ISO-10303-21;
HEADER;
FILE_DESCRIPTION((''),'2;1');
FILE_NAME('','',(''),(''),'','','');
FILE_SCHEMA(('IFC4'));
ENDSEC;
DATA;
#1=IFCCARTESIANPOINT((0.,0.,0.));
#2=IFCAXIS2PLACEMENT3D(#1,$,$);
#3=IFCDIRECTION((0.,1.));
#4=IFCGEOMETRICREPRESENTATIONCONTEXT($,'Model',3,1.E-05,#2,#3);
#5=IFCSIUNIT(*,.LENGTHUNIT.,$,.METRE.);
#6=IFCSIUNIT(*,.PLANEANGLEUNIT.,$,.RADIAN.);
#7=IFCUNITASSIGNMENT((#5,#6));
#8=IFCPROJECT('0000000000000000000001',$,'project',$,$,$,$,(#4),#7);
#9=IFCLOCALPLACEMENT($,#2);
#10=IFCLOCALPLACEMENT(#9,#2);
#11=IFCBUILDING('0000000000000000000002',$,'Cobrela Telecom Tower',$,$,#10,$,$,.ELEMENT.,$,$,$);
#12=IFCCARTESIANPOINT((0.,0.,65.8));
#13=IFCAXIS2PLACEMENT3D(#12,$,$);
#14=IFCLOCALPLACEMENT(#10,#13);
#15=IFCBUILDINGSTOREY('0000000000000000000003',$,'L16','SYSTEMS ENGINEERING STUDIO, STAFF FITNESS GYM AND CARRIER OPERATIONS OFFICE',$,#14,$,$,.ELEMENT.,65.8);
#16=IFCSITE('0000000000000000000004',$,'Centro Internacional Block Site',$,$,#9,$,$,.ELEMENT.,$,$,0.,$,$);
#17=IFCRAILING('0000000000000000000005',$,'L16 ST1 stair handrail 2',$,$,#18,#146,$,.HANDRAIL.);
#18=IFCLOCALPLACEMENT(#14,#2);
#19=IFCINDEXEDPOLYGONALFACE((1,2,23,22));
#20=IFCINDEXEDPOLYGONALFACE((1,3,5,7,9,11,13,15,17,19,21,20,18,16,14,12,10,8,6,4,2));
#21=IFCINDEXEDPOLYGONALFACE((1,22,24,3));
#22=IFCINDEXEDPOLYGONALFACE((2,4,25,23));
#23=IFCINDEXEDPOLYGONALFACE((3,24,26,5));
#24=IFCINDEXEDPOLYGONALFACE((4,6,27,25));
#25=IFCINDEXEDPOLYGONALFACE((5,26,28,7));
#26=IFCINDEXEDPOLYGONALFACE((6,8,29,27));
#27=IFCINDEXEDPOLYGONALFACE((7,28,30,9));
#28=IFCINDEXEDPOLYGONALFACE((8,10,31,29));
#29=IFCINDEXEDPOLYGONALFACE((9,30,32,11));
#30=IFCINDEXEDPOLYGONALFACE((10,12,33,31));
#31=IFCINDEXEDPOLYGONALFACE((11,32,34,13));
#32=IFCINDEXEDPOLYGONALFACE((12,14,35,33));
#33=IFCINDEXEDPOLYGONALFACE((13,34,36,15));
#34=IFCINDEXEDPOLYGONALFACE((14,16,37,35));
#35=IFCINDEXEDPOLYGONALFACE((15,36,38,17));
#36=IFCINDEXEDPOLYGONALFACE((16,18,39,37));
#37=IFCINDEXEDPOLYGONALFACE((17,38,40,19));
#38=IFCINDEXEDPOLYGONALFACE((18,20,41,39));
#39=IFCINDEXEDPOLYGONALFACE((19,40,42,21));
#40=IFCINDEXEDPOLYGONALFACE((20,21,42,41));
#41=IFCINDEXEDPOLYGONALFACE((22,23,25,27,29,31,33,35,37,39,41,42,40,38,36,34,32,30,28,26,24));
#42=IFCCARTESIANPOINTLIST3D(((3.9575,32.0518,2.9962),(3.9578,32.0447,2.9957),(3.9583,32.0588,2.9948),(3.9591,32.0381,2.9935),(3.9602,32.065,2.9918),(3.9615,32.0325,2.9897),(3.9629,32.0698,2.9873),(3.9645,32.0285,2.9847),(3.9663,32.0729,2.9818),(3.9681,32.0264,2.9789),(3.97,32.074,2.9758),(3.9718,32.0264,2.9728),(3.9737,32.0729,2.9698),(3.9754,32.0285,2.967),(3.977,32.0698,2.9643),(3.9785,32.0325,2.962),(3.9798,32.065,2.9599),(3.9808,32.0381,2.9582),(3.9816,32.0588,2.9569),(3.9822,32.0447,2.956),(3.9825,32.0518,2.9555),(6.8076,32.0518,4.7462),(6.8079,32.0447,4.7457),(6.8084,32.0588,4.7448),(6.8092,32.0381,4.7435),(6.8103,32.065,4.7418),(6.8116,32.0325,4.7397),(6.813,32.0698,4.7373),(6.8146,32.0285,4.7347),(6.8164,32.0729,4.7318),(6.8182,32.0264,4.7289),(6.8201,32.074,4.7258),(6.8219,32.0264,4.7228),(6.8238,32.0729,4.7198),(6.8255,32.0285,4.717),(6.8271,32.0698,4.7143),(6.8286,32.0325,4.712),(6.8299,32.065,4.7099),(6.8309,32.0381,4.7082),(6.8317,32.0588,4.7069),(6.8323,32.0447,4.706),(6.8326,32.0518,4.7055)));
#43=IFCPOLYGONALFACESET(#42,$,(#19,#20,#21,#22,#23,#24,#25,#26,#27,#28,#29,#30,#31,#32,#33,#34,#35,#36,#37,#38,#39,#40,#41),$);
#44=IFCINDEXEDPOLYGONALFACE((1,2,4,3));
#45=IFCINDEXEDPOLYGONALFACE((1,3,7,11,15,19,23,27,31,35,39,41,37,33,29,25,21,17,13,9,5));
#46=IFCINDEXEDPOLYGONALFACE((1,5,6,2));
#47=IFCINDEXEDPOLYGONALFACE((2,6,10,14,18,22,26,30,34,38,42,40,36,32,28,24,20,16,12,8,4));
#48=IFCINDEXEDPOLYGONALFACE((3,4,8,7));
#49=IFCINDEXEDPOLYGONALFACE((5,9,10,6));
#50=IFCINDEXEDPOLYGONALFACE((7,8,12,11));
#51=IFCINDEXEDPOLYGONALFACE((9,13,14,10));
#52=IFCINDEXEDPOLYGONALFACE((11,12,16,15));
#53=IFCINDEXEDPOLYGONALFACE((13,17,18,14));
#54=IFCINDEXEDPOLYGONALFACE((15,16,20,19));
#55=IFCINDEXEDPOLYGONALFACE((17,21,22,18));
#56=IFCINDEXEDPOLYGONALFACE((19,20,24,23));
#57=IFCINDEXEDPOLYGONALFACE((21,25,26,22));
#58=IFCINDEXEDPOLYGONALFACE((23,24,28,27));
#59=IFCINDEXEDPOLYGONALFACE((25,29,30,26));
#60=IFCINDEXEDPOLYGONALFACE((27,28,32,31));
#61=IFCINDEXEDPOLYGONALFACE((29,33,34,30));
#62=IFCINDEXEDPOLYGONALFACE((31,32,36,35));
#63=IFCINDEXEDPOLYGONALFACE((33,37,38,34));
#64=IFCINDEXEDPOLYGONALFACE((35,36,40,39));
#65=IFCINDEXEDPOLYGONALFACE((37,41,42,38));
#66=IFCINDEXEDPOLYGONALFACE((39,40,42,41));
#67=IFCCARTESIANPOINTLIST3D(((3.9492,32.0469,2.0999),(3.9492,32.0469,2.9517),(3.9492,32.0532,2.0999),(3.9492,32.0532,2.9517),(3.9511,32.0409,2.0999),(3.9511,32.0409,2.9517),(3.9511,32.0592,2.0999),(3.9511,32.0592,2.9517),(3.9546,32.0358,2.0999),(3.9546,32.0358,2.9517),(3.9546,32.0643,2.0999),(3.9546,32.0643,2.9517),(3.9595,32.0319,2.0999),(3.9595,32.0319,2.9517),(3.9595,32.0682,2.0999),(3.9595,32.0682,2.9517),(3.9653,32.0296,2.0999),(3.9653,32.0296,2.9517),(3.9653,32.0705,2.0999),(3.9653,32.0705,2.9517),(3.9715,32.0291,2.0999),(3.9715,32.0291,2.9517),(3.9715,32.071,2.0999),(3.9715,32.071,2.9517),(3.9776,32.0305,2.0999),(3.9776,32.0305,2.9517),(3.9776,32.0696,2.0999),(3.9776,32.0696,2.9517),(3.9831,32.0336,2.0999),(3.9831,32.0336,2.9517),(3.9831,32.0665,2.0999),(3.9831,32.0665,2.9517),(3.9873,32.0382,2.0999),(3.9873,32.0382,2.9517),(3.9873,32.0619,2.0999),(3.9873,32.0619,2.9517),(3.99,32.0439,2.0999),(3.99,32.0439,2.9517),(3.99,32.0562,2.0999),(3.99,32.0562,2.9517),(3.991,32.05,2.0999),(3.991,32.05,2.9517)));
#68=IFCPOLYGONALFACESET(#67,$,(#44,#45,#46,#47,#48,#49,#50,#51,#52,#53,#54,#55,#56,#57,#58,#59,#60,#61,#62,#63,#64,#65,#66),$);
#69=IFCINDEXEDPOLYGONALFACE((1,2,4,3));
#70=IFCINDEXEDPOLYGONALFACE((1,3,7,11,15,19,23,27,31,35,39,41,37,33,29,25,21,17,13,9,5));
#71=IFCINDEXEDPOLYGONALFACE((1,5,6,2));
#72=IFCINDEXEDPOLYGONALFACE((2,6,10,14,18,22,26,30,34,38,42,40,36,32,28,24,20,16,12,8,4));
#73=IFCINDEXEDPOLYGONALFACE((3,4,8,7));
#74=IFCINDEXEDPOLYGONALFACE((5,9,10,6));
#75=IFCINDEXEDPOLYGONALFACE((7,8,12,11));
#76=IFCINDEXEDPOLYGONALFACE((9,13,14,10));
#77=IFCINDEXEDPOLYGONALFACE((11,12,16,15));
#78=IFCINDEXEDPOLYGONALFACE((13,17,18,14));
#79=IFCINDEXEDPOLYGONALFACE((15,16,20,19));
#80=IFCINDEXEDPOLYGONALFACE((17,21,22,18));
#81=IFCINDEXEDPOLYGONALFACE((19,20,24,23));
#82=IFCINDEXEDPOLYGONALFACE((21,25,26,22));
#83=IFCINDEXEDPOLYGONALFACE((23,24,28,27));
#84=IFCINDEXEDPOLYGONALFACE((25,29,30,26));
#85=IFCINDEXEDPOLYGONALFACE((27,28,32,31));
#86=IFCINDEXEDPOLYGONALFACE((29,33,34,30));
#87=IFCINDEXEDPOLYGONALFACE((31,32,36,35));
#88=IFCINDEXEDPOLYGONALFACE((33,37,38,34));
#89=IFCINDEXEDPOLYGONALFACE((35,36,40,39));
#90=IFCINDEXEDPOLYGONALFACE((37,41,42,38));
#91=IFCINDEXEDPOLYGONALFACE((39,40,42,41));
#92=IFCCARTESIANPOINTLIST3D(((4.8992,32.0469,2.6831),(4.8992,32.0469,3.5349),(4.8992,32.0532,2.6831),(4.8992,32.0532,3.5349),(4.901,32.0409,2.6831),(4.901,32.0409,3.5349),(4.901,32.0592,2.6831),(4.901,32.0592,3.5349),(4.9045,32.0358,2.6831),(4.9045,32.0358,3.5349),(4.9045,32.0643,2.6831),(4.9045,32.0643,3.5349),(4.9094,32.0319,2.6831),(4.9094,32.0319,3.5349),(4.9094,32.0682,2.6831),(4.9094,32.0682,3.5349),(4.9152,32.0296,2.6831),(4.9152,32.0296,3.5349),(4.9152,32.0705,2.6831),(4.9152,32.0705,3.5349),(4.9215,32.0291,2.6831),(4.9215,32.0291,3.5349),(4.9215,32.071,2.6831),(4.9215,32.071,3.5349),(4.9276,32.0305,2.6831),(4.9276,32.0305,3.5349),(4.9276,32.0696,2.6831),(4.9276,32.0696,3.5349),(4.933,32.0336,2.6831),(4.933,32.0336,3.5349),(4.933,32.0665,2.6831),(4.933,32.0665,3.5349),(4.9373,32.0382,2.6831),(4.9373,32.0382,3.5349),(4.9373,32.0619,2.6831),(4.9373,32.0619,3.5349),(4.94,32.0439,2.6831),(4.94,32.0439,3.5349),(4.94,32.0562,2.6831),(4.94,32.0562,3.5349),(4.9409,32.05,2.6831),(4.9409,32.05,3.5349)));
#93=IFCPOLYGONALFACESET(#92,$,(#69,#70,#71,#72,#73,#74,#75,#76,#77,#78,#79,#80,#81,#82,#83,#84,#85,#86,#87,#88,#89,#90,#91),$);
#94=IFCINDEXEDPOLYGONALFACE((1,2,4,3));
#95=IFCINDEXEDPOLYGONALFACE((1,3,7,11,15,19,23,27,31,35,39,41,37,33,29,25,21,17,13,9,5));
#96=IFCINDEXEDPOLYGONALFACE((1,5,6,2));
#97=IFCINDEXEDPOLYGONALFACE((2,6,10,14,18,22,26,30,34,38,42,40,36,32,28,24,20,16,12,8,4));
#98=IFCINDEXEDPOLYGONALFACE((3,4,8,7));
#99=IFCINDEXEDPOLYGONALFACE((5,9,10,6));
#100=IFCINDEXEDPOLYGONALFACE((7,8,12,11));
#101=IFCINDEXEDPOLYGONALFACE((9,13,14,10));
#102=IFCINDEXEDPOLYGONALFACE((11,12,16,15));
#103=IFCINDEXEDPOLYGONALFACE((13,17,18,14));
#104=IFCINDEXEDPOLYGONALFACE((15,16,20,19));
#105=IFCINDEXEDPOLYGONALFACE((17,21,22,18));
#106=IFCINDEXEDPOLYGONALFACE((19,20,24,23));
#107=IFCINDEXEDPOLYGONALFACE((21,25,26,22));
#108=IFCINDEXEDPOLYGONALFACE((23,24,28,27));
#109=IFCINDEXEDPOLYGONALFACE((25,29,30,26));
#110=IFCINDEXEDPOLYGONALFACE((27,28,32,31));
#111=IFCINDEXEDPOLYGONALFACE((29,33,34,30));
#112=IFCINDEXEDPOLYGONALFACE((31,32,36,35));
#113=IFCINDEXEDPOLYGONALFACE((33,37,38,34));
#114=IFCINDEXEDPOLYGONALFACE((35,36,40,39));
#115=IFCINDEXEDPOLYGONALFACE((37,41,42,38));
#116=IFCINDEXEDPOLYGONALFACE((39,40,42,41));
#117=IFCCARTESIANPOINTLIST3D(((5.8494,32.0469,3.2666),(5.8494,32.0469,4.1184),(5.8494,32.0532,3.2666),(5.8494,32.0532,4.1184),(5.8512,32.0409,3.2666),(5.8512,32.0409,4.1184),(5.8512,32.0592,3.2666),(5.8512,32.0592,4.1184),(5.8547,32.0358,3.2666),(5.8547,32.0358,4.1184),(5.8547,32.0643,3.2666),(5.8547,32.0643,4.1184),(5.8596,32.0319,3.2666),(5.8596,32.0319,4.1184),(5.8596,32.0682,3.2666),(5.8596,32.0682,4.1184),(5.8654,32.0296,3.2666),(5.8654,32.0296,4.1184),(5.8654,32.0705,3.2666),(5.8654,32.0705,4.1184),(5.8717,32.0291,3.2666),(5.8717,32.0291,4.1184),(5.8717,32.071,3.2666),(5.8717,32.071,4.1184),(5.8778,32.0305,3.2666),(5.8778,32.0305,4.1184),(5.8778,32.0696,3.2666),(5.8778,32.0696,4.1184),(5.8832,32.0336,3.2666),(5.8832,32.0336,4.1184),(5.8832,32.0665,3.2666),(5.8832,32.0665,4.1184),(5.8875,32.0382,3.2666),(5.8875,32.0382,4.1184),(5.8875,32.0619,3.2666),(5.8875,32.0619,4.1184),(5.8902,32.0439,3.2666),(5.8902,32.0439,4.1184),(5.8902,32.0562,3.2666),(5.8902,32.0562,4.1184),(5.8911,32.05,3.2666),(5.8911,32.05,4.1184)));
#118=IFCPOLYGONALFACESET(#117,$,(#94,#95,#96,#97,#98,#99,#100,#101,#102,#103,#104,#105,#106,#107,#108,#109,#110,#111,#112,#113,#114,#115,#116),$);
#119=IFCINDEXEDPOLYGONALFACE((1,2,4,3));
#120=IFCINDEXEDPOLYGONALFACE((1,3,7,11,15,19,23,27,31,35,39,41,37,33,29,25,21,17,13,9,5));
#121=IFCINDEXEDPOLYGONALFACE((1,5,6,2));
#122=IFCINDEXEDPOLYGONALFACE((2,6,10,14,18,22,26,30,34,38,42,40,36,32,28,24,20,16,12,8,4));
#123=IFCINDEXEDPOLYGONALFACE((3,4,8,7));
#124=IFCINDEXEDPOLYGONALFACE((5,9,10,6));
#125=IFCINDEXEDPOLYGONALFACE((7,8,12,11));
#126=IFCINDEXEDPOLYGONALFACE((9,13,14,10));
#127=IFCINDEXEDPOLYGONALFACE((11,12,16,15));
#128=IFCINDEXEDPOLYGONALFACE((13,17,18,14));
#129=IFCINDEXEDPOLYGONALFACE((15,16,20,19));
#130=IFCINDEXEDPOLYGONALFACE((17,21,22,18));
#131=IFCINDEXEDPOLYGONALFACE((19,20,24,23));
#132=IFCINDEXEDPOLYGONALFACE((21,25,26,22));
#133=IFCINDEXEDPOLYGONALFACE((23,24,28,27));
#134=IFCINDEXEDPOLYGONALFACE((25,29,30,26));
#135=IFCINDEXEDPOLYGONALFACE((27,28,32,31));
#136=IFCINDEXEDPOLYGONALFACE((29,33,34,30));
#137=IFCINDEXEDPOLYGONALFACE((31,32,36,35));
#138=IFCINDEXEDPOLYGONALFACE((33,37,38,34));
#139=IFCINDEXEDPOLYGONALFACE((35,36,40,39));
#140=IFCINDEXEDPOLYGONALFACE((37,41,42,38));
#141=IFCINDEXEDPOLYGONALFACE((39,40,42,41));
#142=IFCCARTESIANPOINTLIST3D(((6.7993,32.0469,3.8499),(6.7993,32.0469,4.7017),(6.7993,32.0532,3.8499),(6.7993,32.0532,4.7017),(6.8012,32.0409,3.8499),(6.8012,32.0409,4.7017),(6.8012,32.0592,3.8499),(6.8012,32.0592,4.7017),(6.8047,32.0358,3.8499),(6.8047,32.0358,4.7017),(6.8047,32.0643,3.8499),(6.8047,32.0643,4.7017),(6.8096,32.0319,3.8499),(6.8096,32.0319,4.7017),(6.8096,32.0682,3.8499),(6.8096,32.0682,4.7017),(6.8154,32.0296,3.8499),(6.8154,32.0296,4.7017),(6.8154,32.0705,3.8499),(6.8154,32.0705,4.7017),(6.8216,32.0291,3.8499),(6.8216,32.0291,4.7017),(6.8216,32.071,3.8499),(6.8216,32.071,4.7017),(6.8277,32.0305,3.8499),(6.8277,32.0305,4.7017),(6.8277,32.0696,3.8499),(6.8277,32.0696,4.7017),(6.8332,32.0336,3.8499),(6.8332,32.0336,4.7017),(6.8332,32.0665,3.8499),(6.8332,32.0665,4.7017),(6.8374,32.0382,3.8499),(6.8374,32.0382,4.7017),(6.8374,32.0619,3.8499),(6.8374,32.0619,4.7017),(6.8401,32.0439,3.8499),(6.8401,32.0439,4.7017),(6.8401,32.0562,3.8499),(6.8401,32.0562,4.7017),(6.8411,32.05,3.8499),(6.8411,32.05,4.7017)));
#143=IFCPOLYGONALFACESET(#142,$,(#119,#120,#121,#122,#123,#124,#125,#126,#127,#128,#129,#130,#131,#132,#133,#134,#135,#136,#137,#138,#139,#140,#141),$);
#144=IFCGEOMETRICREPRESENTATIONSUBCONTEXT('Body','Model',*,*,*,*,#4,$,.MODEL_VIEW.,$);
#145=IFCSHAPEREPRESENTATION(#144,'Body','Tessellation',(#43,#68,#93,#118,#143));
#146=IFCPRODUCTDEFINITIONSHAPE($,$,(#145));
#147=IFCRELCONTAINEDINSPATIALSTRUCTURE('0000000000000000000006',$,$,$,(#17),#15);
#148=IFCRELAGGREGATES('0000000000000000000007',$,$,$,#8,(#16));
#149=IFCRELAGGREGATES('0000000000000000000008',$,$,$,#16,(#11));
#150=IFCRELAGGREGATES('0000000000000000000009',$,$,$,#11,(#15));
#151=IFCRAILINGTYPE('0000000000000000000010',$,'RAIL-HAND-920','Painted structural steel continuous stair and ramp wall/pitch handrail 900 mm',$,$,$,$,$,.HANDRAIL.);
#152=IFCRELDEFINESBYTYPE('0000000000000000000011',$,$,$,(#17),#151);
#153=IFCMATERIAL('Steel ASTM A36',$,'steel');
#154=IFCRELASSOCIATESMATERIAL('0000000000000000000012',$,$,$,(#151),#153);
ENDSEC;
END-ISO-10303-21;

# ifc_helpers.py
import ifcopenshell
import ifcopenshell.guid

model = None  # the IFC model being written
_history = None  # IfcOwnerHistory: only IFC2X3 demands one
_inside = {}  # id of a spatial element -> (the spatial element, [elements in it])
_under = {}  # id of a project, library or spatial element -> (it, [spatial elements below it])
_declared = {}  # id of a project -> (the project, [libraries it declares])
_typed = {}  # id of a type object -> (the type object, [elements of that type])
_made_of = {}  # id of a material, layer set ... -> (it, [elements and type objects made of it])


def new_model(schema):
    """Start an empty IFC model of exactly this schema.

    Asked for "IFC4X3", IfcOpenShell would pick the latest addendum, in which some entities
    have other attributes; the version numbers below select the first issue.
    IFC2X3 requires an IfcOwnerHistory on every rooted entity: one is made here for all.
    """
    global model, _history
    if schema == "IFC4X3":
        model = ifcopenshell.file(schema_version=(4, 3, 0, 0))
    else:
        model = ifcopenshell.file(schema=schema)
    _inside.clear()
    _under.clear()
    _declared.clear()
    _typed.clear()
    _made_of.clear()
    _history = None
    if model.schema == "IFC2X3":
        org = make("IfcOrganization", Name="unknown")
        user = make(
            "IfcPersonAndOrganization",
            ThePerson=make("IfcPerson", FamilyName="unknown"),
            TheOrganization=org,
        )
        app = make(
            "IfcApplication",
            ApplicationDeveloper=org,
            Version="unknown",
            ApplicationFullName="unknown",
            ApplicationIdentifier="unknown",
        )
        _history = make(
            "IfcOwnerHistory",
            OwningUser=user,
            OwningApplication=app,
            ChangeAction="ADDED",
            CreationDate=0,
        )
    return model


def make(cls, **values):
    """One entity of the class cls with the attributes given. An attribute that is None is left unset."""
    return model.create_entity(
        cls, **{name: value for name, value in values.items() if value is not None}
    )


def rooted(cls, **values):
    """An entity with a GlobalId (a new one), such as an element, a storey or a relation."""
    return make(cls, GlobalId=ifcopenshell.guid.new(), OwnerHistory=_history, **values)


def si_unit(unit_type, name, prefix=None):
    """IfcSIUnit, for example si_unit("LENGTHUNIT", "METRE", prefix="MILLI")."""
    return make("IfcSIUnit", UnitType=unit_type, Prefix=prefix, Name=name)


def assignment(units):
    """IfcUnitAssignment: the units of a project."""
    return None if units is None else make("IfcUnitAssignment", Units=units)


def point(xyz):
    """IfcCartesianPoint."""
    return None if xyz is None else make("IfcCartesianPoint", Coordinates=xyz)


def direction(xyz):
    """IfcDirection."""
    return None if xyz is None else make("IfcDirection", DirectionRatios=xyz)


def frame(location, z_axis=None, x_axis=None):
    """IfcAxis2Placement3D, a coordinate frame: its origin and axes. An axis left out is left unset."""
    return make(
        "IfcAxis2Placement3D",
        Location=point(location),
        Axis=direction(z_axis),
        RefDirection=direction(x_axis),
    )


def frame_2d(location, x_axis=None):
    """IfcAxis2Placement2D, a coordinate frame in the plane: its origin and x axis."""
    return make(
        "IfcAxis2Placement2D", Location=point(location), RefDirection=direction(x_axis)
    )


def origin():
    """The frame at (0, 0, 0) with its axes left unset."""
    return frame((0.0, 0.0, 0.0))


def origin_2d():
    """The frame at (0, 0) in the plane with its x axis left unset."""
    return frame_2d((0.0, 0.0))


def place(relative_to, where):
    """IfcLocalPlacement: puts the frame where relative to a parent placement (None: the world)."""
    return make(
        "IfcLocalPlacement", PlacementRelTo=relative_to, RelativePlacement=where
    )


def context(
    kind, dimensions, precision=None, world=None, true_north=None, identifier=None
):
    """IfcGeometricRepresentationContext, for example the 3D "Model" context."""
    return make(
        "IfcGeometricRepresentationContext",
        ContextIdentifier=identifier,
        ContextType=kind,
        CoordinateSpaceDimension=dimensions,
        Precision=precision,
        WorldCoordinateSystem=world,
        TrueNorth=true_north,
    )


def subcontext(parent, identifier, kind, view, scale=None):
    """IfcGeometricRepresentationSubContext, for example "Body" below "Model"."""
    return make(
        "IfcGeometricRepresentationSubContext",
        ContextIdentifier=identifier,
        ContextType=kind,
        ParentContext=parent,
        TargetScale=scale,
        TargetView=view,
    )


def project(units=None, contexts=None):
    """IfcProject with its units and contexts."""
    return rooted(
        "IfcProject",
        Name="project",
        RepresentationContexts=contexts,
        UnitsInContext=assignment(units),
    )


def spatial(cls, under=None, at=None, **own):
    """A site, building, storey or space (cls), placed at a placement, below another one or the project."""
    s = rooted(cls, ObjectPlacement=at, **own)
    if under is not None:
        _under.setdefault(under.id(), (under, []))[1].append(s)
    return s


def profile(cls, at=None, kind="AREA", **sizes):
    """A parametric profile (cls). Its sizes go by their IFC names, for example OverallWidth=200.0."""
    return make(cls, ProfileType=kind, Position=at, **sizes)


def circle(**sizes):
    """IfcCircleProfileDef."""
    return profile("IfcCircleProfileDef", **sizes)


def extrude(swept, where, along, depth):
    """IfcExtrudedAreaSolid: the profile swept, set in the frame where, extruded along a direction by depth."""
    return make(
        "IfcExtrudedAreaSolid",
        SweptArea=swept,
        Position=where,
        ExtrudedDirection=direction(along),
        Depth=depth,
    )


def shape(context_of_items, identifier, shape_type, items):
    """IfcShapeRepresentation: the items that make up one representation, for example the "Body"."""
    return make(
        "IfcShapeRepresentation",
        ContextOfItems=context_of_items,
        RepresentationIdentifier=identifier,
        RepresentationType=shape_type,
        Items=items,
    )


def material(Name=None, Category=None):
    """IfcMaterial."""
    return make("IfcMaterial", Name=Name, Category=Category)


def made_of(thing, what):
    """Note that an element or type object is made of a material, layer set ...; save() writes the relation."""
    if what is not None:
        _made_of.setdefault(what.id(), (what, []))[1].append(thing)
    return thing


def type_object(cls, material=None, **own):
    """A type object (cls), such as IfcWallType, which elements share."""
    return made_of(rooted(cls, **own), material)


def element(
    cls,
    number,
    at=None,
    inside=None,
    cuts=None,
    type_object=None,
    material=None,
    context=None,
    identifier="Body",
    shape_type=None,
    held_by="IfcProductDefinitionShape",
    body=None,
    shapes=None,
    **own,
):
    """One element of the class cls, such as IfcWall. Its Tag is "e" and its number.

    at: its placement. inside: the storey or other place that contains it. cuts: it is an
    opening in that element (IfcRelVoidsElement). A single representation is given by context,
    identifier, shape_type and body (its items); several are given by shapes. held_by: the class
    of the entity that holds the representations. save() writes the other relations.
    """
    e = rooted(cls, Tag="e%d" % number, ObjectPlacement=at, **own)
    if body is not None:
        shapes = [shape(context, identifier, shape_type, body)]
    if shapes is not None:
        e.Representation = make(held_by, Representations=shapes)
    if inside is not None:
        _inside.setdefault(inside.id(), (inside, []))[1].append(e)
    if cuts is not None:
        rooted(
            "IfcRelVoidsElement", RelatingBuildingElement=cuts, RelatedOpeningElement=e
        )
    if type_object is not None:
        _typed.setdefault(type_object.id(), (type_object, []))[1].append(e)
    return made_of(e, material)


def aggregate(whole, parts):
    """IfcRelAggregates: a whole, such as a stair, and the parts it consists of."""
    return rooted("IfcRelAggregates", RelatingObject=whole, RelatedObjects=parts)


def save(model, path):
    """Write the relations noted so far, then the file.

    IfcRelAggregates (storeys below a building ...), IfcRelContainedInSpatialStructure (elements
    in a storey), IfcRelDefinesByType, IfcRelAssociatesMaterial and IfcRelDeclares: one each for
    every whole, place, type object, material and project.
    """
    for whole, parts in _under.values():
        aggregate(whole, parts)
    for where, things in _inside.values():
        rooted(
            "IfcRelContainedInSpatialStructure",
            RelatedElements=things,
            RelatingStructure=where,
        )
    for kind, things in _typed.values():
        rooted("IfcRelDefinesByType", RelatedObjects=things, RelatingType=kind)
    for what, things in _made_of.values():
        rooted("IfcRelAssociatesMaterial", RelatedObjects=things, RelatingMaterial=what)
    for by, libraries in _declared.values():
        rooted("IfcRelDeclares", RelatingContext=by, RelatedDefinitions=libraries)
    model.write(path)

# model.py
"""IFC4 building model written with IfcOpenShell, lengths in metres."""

from ifc_helpers import new_model, si_unit, direction, frame, origin, origin_2d, place, context, subcontext, project, spatial, circle, extrude, material, type_object, element, save


model = new_model("IFC4")

# Units and contexts
model_context = context("Model", 3, precision=1e-05, world=origin(), true_north=direction((0.0, 1.0)))
body_context = subcontext(model_context, "Body", "Model", "MODEL_VIEW")
ifc_project = project(units=[si_unit("LENGTHUNIT", "METRE"), si_unit("PLANEANGLEUNIT", "RADIAN")], contexts=[model_context])

# Site, building, storey
site_placement = place(None, origin())
site = spatial("IfcSite", under=ifc_project, at=site_placement, Name="Centro Internacional Block Site", CompositionType="ELEMENT", RefElevation=0.0)
building_placement = place(site_placement, origin())
building = spatial("IfcBuilding", under=site, at=building_placement, Name="Cobrela Telecom Tower", CompositionType="ELEMENT")
storey_placement = place(building_placement, frame((0.0, 0.0, 65.8)))
storey = spatial("IfcBuildingStorey", under=building, at=storey_placement, Name="L16", Description="SYSTEMS ENGINEERING STUDIO, STAFF FITNESS GYM AND CARRIER OPERATIONS OFFICE", CompositionType="ELEMENT", Elevation=65.8)

# Shared definitions
ifc_material_1 = material(Name="Steel ASTM A36", Category="steel")

# Railing
railing_type_1 = type_object("IfcRailingType", Name="RAIL-HAND-920", Description="Painted structural steel continuous stair and ramp wall/pitch handrail 900 mm", PredefinedType="HANDRAIL", material=ifc_material_1)
railing_1_placement = place(storey_placement, frame((3.97, 32.05, 2.0999)))
element("IfcRailing", 1, at=railing_1_placement, inside=storey, type_object=railing_type_1, Name="L16 ST1 stair handrail 2", PredefinedType="HANDRAIL", context=body_context, shape_type="SweptSolid", body=[
    extrude(circle(Radius=0.0239, at=origin_2d()), frame((0.0, 0.0, 0.876), z_axis=(0.852179, 0.0, 0.52325), x_axis=(0.0, 1.0, 0.0)), (0.0, 0.0, 1.0), 3.3445),
    extrude(circle(Radius=0.021, at=origin_2d()), origin(), (0.0, 0.0, 1.0), 0.8518),
    extrude(circle(Radius=0.021, at=origin_2d()), frame((0.95, 0.0, 0.5833)), (0.0, 0.0, 1.0), 0.8518),
    extrude(circle(Radius=0.021, at=origin_2d()), frame((1.9001, 0.0, 1.1667)), (0.0, 0.0, 1.0), 0.8518),
    extrude(circle(Radius=0.021, at=origin_2d()), frame((2.8501, 0.0, 1.75)), (0.0, 0.0, 1.0), 0.8518),
])

save(model, "model.ifc")
